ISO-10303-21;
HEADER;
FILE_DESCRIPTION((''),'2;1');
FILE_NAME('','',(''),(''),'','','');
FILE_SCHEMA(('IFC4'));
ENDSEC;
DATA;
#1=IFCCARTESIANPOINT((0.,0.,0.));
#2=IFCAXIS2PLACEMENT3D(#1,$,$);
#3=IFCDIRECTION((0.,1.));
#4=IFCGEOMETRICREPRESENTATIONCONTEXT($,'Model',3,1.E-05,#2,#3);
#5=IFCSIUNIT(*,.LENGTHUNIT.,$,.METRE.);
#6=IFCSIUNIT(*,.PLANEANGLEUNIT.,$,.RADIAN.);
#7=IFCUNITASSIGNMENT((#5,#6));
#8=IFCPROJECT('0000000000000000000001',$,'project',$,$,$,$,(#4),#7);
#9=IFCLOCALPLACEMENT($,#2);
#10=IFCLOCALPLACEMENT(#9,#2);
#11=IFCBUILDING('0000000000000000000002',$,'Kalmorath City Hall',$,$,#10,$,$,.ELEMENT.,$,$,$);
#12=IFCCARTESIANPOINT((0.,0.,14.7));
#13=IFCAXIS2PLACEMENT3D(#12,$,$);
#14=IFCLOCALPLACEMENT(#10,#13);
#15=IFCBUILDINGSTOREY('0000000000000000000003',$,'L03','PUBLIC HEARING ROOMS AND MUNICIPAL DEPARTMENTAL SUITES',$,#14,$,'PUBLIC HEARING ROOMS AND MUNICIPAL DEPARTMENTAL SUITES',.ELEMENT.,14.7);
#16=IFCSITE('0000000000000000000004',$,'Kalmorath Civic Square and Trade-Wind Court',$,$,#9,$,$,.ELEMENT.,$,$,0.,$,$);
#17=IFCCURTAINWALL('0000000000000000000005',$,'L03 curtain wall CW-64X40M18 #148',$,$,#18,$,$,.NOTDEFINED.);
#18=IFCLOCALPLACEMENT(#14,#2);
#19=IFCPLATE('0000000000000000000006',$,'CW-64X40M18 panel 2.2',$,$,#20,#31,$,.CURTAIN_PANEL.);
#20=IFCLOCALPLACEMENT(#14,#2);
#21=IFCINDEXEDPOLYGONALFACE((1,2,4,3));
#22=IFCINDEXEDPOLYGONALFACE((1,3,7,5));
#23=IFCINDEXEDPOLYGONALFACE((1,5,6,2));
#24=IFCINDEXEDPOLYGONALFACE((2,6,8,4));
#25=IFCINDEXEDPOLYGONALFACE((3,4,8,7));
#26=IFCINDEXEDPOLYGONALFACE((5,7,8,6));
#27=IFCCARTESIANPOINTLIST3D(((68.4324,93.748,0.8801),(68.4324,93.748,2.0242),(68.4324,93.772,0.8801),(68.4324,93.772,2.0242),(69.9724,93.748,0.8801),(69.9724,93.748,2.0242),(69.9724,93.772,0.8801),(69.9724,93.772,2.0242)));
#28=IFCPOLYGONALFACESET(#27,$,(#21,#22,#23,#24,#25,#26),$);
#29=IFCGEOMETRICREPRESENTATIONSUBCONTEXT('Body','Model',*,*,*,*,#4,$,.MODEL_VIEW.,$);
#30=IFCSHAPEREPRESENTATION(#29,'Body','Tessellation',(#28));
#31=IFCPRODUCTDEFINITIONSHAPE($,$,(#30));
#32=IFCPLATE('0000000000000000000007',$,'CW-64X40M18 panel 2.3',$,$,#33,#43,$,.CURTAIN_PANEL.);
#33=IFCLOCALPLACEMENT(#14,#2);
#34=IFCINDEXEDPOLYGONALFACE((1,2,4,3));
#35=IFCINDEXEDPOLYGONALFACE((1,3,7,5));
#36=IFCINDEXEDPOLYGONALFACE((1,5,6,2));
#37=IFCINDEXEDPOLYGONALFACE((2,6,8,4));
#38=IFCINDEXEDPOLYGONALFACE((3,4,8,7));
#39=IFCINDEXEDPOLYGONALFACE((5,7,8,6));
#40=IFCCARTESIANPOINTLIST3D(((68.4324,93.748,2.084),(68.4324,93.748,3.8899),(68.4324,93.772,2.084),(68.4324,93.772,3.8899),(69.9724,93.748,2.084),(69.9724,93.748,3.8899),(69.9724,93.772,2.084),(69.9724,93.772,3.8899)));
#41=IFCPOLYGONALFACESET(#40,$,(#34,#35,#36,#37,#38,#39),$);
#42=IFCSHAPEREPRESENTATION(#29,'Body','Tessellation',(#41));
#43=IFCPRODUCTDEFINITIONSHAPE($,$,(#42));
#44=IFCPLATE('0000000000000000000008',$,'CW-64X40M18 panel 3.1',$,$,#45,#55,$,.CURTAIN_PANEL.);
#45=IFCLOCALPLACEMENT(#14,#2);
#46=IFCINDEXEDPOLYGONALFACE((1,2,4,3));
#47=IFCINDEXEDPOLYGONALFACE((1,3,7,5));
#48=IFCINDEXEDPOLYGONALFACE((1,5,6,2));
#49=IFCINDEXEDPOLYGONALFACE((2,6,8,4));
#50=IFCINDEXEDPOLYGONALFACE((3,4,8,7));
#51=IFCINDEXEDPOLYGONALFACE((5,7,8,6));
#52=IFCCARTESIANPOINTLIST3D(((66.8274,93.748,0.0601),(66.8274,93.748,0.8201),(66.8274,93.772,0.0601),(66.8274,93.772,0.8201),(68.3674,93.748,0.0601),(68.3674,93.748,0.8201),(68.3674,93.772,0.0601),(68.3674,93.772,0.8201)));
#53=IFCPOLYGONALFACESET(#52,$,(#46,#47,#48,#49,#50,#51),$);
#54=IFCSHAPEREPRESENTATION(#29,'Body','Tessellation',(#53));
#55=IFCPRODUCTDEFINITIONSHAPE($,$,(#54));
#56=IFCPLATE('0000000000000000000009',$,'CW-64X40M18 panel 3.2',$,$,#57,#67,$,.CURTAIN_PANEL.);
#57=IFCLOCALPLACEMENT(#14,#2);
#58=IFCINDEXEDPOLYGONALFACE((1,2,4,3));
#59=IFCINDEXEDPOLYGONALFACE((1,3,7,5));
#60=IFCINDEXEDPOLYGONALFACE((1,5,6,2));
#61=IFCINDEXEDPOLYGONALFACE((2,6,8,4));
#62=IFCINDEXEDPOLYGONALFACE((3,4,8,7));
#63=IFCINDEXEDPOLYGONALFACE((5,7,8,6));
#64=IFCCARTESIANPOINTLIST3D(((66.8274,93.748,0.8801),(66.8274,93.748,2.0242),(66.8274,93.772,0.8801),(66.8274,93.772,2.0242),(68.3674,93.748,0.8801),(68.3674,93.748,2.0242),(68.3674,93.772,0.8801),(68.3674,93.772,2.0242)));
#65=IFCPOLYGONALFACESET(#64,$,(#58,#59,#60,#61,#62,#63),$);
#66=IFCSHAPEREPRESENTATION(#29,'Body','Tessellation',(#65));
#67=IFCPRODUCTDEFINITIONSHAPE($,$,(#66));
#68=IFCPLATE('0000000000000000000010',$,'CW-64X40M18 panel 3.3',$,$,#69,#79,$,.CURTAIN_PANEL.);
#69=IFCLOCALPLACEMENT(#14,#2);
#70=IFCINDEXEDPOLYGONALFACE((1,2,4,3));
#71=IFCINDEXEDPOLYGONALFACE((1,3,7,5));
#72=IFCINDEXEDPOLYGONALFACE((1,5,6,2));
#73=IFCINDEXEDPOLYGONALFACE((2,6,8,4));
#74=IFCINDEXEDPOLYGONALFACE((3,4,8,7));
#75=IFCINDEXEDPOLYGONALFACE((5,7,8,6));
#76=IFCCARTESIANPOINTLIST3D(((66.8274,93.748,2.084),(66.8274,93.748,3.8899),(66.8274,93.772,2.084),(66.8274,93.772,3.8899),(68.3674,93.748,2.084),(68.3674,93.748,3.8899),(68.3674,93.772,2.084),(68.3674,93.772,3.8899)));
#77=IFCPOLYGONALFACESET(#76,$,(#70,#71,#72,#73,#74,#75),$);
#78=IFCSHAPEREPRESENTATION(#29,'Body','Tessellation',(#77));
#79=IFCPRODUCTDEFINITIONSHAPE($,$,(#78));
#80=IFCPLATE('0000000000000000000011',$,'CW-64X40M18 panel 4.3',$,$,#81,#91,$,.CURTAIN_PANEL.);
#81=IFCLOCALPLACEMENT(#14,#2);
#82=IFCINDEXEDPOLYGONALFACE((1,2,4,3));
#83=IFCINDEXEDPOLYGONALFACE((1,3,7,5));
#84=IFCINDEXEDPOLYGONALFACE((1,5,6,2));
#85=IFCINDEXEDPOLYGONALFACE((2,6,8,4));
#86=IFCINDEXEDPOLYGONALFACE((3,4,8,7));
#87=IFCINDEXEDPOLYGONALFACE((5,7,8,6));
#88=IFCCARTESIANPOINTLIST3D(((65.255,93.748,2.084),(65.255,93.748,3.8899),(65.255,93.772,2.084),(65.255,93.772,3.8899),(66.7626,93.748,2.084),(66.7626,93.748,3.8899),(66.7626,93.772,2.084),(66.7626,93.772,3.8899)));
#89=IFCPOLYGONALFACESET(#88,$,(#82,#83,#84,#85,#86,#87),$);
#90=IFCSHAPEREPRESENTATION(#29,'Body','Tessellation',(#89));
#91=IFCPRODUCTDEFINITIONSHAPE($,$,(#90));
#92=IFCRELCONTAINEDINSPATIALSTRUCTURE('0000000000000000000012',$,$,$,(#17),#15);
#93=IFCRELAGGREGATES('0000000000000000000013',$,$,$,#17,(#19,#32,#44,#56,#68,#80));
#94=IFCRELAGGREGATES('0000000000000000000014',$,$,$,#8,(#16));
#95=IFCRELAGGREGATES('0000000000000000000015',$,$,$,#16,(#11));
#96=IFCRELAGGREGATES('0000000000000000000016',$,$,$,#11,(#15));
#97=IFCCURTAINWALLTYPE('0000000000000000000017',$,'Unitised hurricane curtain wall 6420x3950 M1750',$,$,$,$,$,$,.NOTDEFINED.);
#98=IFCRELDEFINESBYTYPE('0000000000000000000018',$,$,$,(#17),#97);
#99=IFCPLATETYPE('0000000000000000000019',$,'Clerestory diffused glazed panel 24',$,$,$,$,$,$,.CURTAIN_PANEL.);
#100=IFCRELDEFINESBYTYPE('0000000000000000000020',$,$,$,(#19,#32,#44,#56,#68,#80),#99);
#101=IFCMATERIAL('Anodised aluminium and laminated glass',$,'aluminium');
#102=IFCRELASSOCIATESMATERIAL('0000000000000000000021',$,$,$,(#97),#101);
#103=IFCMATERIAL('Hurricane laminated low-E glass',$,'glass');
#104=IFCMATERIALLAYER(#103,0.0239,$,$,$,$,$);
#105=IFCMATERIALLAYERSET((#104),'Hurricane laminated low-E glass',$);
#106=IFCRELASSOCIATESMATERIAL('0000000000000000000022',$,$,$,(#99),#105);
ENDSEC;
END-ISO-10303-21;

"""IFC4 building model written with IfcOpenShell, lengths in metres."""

from ifc_helpers import new_model, si_unit, direction, frame, origin, origin_2d, place, context, subcontext, project, spatial, rectangle, extrude, material, layer, layer_set, type_object, element, aggregate, save


model = new_model("IFC4")

# Units and contexts
model_context = context("Model", 3, precision=1e-05, world=origin(), true_north=direction((0.0, 1.0)))
body_context = subcontext(model_context, "Body", "Model", "MODEL_VIEW")
ifc_project = project(units=[si_unit("LENGTHUNIT", "METRE"), si_unit("PLANEANGLEUNIT", "RADIAN")], contexts=[model_context])

# Site, building, storey
site_placement = place(None, origin())
site = spatial("IfcSite", under=ifc_project, at=site_placement, Name="Kalmorath Civic Square and Trade-Wind Court", CompositionType="ELEMENT", RefElevation=0.0)
building_placement = place(site_placement, origin())
building = spatial("IfcBuilding", under=site, at=building_placement, Name="Kalmorath City Hall", CompositionType="ELEMENT")
storey_placement = place(building_placement, frame((0.0, 0.0, 14.7)))
storey = spatial("IfcBuildingStorey", under=building, at=storey_placement, Name="L03", Description="PUBLIC HEARING ROOMS AND MUNICIPAL DEPARTMENTAL SUITES", LongName="PUBLIC HEARING ROOMS AND MUNICIPAL DEPARTMENTAL SUITES", CompositionType="ELEMENT", Elevation=14.7)

# Curtain wall, plates
ifc_material_1 = material(Name="Anodised aluminium and laminated glass", Category="aluminium")
curtain_wall_type = type_object("IfcCurtainWallType", Name="Unitised hurricane curtain wall 6420x3950 M1750", PredefinedType="NOTDEFINED", material=ifc_material_1)
curtain_wall_placement = place(storey_placement, origin())
curtain_wall = element("IfcCurtainWall", 1, at=curtain_wall_placement, inside=storey, type_object=curtain_wall_type, Name="L03 curtain wall CW-64X40M18 #148", PredefinedType="NOTDEFINED")
ifc_material_2 = material(Name="Hurricane laminated low-E glass", Category="glass")
ifc_layer = layer(ifc_material_2, 0.0239)
ifc_layer_set = layer_set([ifc_layer], Name="Hurricane laminated low-E glass")
plate_type = type_object("IfcPlateType", Name="Clerestory diffused glazed panel 24", PredefinedType="CURTAIN_PANEL", material=ifc_layer_set)
plate_1_placement = place(storey_placement, frame((69.2024, 93.76, 0.8801), z_axis=(0.0, 0.0, 1.0), x_axis=(-1.0, 0.0, 0.0)))
plate_1 = element("IfcPlate", 2, at=plate_1_placement, type_object=plate_type, Name="CW-64X40M18 panel 2.2", PredefinedType="CURTAIN_PANEL", context=body_context, shape_type="SweptSolid", body=[
    extrude(rectangle(XDim=1.54, YDim=0.0239, at=origin_2d()), origin(), (0.0, 0.0, 1.0), 1.144),
])
plate_2_placement = place(storey_placement, frame((69.2024, 93.76, 2.084), z_axis=(0.0, 0.0, 1.0), x_axis=(-1.0, 0.0, 0.0)))
plate_2 = element("IfcPlate", 3, at=plate_2_placement, type_object=plate_type, Name="CW-64X40M18 panel 2.3", PredefinedType="CURTAIN_PANEL", context=body_context, shape_type="SweptSolid", body=[
    extrude(rectangle(XDim=1.54, YDim=0.0239, at=origin_2d()), origin(), (0.0, 0.0, 1.0), 1.8059),
])
plate_3_placement = place(storey_placement, frame((67.5974, 93.76, 0.0601), z_axis=(0.0, 0.0, 1.0), x_axis=(-1.0, 0.0, 0.0)))
plate_3 = element("IfcPlate", 4, at=plate_3_placement, type_object=plate_type, Name="CW-64X40M18 panel 3.1", PredefinedType="CURTAIN_PANEL", context=body_context, shape_type="SweptSolid", body=[
    extrude(rectangle(XDim=1.54, YDim=0.0239, at=origin_2d()), origin(), (0.0, 0.0, 1.0), 0.76),
])
plate_4_placement = place(storey_placement, frame((67.5974, 93.76, 0.8801), z_axis=(0.0, 0.0, 1.0), x_axis=(-1.0, 0.0, 0.0)))
plate_4 = element("IfcPlate", 5, at=plate_4_placement, type_object=plate_type, Name="CW-64X40M18 panel 3.2", PredefinedType="CURTAIN_PANEL", context=body_context, shape_type="SweptSolid", body=[
    extrude(rectangle(XDim=1.54, YDim=0.0239, at=origin_2d()), origin(), (0.0, 0.0, 1.0), 1.144),
])
plate_5_placement = place(storey_placement, frame((67.5974, 93.76, 2.084), z_axis=(0.0, 0.0, 1.0), x_axis=(-1.0, 0.0, 0.0)))
plate_5 = element("IfcPlate", 6, at=plate_5_placement, type_object=plate_type, Name="CW-64X40M18 panel 3.3", PredefinedType="CURTAIN_PANEL", context=body_context, shape_type="SweptSolid", body=[
    extrude(rectangle(XDim=1.54, YDim=0.0239, at=origin_2d()), origin(), (0.0, 0.0, 1.0), 1.8059),
])
plate_6_placement = place(storey_placement, frame((66.0088, 93.76, 2.084), z_axis=(0.0, 0.0, 1.0), x_axis=(-1.0, 0.0, 0.0)))
plate_6 = element("IfcPlate", 7, at=plate_6_placement, type_object=plate_type, Name="CW-64X40M18 panel 4.3", PredefinedType="CURTAIN_PANEL", context=body_context, shape_type="SweptSolid", body=[
    extrude(rectangle(XDim=1.5076, YDim=0.0239, at=origin_2d()), origin(), (0.0, 0.0, 1.0), 1.8059),
])
aggregate(curtain_wall, [plate_1, plate_2, plate_3, plate_4, plate_5, plate_6])

save(model, "model.ifc")
